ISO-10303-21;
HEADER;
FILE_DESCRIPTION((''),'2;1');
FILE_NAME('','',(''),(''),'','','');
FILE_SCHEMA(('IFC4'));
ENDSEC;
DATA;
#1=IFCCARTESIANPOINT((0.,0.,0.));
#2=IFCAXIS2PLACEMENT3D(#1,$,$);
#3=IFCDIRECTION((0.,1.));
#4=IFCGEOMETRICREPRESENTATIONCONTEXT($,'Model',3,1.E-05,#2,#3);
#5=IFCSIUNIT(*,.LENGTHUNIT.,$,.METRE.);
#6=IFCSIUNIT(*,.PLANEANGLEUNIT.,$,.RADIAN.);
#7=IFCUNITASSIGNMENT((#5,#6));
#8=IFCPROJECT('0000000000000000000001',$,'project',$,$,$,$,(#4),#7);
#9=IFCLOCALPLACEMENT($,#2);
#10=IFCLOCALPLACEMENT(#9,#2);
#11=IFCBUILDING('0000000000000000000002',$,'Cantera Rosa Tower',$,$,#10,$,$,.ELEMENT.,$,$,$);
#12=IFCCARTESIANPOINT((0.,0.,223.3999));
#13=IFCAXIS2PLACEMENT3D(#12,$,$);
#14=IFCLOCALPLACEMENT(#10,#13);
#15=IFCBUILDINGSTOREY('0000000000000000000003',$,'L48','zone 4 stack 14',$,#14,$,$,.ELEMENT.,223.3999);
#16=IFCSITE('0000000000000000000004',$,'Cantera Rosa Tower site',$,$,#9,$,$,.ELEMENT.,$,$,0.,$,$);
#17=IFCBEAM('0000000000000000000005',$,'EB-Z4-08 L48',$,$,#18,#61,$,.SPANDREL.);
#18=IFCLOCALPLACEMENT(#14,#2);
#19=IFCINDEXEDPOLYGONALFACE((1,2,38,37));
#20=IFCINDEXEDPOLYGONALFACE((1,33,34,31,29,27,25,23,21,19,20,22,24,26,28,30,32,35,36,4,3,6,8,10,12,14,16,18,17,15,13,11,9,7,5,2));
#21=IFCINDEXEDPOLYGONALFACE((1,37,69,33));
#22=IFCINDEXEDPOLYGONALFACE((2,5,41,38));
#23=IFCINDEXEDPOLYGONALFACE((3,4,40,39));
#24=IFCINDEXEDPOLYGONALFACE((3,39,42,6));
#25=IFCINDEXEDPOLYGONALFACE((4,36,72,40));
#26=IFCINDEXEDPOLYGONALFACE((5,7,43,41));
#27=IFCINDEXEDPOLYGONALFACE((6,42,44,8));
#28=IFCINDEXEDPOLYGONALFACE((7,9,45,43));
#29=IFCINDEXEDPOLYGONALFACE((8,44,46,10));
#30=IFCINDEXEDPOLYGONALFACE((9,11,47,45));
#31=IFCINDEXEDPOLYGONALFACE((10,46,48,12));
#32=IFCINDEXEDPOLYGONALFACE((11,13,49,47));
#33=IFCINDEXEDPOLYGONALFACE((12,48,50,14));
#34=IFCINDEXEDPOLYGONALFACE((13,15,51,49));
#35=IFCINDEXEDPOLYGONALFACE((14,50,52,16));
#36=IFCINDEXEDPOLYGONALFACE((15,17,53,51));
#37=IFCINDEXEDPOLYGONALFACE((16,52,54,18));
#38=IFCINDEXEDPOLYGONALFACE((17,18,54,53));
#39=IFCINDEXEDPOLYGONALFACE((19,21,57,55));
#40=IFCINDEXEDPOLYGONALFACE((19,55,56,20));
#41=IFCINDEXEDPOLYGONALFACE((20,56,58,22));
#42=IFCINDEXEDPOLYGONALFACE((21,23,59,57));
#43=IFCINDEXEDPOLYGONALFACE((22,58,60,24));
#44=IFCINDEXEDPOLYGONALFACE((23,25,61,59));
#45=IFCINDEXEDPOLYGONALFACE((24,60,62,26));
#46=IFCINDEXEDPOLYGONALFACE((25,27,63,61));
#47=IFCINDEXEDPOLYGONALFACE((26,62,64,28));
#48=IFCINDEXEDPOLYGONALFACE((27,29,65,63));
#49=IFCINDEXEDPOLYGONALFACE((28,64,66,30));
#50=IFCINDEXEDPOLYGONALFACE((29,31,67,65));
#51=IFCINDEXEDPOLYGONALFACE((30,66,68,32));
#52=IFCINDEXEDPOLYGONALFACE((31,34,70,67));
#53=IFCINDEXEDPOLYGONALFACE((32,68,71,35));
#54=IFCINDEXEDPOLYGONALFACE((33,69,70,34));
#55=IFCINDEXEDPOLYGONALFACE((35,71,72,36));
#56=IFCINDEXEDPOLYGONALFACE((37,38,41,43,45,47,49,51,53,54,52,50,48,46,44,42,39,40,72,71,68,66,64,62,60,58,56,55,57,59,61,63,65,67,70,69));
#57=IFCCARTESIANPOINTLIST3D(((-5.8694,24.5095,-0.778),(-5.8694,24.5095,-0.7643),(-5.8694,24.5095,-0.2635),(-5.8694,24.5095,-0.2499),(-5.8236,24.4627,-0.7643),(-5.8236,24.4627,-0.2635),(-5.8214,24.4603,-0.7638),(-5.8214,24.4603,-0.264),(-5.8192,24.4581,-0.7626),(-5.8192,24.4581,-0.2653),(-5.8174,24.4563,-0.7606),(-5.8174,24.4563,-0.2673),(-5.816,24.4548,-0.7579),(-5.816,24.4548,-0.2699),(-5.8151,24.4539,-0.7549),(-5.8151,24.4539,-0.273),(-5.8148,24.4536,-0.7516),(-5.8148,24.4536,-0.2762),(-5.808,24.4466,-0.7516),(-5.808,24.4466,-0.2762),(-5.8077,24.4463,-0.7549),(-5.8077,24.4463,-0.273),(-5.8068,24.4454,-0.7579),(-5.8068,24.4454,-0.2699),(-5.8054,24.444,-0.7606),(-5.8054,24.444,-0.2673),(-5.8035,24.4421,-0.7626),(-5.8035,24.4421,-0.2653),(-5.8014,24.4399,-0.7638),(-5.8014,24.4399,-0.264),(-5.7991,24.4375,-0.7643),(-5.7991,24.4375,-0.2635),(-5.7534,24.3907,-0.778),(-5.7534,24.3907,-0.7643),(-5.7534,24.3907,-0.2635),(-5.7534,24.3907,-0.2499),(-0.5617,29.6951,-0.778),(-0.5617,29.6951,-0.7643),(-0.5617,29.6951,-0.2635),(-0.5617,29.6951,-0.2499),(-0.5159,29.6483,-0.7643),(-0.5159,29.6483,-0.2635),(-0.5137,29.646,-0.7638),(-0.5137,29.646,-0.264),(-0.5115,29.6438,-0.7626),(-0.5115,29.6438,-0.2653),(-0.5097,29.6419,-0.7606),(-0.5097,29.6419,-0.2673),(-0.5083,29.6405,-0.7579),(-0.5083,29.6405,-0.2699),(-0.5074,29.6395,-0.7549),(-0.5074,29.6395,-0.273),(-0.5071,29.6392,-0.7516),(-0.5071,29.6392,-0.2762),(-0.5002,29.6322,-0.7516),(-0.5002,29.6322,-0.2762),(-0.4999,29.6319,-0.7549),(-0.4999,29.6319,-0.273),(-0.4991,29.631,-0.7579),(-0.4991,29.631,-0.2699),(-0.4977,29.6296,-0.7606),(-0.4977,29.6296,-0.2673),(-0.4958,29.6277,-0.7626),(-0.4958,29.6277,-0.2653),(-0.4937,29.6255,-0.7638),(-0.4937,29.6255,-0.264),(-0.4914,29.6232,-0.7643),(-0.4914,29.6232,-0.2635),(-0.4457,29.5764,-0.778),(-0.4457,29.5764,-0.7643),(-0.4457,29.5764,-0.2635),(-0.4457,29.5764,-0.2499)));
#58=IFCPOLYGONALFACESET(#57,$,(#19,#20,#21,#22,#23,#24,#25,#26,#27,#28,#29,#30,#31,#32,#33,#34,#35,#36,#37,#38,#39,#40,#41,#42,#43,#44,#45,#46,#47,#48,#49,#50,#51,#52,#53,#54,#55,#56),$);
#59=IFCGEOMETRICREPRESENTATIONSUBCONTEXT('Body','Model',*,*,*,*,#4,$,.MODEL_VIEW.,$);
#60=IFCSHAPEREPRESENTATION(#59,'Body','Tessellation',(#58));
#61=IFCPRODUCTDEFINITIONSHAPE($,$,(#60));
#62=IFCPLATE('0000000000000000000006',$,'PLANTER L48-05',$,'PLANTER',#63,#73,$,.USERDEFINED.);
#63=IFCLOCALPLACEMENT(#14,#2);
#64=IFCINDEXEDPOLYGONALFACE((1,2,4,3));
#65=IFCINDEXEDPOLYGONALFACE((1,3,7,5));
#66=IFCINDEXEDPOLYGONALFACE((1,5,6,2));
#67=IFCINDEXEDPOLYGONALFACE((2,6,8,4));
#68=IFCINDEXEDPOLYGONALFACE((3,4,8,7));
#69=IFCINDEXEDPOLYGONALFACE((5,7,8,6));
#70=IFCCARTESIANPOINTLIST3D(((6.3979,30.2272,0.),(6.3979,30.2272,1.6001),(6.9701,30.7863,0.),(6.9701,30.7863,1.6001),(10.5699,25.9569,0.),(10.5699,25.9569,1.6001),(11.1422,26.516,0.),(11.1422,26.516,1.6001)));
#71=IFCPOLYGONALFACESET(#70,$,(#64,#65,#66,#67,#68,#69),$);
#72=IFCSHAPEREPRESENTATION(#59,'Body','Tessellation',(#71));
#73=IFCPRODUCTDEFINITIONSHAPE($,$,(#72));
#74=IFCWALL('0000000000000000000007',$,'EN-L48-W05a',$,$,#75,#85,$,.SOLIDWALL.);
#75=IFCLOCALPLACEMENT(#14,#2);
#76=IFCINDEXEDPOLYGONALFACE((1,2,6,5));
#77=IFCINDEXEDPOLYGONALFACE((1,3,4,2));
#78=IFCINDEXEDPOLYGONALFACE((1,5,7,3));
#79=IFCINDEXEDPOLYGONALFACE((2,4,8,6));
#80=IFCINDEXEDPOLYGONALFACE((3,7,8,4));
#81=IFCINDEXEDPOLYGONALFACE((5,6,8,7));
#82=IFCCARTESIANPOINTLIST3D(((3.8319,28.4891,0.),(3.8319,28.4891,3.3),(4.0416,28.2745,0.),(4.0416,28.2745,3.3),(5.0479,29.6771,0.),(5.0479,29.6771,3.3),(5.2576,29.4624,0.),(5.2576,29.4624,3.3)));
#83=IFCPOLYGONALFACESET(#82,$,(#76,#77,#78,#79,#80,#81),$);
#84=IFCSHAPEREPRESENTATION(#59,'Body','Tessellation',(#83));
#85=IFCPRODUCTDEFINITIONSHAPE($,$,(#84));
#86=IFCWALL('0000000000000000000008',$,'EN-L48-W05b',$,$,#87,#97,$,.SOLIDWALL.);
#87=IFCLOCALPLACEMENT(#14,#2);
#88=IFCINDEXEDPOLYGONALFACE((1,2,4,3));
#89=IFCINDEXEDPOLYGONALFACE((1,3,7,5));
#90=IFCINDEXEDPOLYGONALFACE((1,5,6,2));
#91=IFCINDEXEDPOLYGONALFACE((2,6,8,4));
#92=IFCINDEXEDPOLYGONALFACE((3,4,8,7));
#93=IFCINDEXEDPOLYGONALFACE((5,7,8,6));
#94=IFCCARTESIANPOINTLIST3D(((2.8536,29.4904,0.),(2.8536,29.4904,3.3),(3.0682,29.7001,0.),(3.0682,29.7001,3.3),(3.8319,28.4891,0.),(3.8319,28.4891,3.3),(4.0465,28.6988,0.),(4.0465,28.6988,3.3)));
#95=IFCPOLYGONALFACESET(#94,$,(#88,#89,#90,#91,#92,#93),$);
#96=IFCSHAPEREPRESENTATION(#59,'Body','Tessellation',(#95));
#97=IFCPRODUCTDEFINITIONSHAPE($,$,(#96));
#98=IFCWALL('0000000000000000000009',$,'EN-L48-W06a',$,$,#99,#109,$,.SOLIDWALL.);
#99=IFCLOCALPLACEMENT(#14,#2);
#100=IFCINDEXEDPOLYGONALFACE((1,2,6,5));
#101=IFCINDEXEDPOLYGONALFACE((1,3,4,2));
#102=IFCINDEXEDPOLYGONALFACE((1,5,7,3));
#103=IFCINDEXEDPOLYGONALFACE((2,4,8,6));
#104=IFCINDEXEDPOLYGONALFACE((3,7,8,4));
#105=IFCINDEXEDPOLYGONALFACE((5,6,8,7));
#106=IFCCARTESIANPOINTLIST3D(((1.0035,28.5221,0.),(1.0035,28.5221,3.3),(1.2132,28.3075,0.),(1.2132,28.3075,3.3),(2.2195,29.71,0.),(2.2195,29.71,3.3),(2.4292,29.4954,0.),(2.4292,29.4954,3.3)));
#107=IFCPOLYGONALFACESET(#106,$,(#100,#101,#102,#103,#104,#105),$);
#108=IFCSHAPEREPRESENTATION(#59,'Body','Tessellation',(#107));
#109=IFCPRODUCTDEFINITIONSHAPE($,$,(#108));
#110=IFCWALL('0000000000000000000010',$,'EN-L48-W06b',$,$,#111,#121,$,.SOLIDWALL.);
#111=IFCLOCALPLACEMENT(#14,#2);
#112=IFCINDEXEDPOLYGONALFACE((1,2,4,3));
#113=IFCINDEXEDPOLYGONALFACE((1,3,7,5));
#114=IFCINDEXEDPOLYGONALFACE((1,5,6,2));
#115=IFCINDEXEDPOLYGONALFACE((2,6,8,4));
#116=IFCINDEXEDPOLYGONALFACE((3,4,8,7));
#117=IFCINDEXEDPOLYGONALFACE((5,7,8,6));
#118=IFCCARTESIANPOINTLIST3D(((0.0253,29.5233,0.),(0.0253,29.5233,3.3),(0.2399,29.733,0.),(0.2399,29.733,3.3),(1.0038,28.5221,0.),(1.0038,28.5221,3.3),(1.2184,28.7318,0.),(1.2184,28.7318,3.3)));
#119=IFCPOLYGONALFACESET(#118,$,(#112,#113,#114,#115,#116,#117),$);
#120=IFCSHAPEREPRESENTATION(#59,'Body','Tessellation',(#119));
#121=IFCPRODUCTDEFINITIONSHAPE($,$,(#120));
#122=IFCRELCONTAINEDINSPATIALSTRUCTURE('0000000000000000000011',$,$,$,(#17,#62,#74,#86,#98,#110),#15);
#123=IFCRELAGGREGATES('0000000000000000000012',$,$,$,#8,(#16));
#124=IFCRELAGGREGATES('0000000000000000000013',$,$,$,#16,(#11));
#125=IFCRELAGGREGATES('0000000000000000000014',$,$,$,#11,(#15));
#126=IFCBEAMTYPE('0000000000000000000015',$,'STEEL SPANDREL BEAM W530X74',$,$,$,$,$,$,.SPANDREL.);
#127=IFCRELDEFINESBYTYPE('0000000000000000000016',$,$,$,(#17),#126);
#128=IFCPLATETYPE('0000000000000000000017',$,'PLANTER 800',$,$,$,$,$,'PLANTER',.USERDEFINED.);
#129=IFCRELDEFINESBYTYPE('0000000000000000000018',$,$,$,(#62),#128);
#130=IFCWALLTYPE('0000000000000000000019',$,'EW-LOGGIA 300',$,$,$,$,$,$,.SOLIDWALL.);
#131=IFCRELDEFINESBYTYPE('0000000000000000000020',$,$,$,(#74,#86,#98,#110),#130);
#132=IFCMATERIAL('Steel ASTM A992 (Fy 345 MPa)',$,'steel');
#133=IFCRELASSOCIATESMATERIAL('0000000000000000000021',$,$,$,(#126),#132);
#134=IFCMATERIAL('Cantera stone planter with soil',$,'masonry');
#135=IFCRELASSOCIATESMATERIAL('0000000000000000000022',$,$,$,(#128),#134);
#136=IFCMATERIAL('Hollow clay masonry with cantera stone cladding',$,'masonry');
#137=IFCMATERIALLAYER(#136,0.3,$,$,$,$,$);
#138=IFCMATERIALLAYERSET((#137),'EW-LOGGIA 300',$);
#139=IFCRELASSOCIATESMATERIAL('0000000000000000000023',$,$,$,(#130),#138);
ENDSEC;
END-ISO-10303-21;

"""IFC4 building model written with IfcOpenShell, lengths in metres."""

from ifc_helpers import new_model, si_unit, direction, frame, frame_2d, origin, origin_2d, place, context, subcontext, project, spatial, rectangle, i_section, extrude, material, layer, layer_set, material_profile, profile_set, type_object, element, save


model = new_model("IFC4")

# Units and contexts
model_context = context("Model", 3, precision=1e-05, world=origin(), true_north=direction((0.0, 1.0)))
body_context = subcontext(model_context, "Body", "Model", "MODEL_VIEW")
ifc_project = project(units=[si_unit("LENGTHUNIT", "METRE"), si_unit("PLANEANGLEUNIT", "RADIAN")], contexts=[model_context])

# Site, building, storey
site_placement = place(None, origin())
site = spatial("IfcSite", under=ifc_project, at=site_placement, Name="Cantera Rosa Tower site", CompositionType="ELEMENT", RefElevation=0.0)
building_placement = place(site_placement, origin())
building = spatial("IfcBuilding", under=site, at=building_placement, Name="Cantera Rosa Tower", CompositionType="ELEMENT")
storey_placement = place(building_placement, frame((0.0, 0.0, 223.3999)))
storey = spatial("IfcBuildingStorey", under=building, at=storey_placement, Name="L48", Description="zone 4 stack 14", CompositionType="ELEMENT", Elevation=223.3999)

# Beam
ifc_material_1 = material(Name="Steel ASTM A992 (Fy 345 MPa)", Category="steel")
ifc_material_profile_1 = material_profile(ifc_material_1, i_section(OverallWidth=0.166, OverallDepth=0.5281, WebThickness=0.0098, FlangeThickness=0.0137, FilletRadius=0.0127, at=origin_2d()), Name="W530X74")
ifc_profile_set_1 = profile_set([ifc_material_profile_1], Name="Steel ASTM A992 (Fy 345 MPa)")
beam_type_1 = type_object("IfcBeamType", Name="STEEL SPANDREL BEAM W530X74", PredefinedType="SPANDREL", material=ifc_profile_set_1)
beam_1_placement = place(storey_placement, frame((-0.5037, 29.6357, -0.5139), z_axis=(-0.715284, -0.698833, 0.0), x_axis=(0.698833, -0.715284, 0.0)))
element("IfcBeam", 1, at=beam_1_placement, inside=storey, type_object=beam_type_1, Name="EB-Z4-08 L48", PredefinedType="SPANDREL", context=body_context, shape_type="SweptSolid", body=[
    extrude(i_section(OverallWidth=0.166, OverallDepth=0.5281, WebThickness=0.0098, FlangeThickness=0.0137, FilletRadius=0.0127, at=origin_2d()), origin(), (0.0, 0.0, 1.0), 7.4204),
])

# Plate
ifc_material_2 = material(Name="Cantera stone planter with soil", Category="masonry")
plate_type = type_object("IfcPlateType", Name="PLANTER 800", ElementType="PLANTER", PredefinedType="USERDEFINED", material=ifc_material_2)
plate_placement = place(storey_placement, frame((8.77, 28.3716, 0.0), z_axis=(0.0, 0.0, 1.0), x_axis=(-0.698832, 0.715286, 0.0)))
element("IfcPlate", 2, at=plate_placement, inside=storey, type_object=plate_type, Name="PLANTER L48-05", ObjectType="PLANTER", PredefinedType="USERDEFINED", context=body_context, shape_type="SweptSolid", body=[
    extrude(rectangle(XDim=5.97, YDim=0.8, at=origin_2d()), origin(), (0.0, 0.0, 1.0), 1.6001),
])

# Walls
ifc_material_3 = material(Name="Hollow clay masonry with cantera stone cladding", Category="masonry")
ifc_layer_1 = layer(ifc_material_3, 0.3)
ifc_layer_set_1 = layer_set([ifc_layer_1], Name="EW-LOGGIA 300")
wall_type_1 = type_object("IfcWallType", Name="EW-LOGGIA 300", PredefinedType="SOLIDWALL", material=ifc_layer_set_1)
wall_1_placement = place(storey_placement, frame((5.1528, 29.5698, 0.0), z_axis=(0.0, 0.0, 1.0), x_axis=(-0.715316, -0.698801, 0.0)))
element("IfcWall", 3, at=wall_1_placement, inside=storey, type_object=wall_type_1, Name="EN-L48-W05a", PredefinedType="SOLIDWALL", context=body_context, shape_type="SweptSolid", body=[
    extrude(rectangle(XDim=1.7, YDim=0.3, at=frame_2d((0.8501, 0.0))), origin(), (0.0, 0.0, 1.0), 3.3),
])
wall_2_placement = place(storey_placement, frame((3.9392, 28.594, 0.0), z_axis=(0.0, 0.0, 1.0), x_axis=(-0.698862, 0.715257, 0.0)))
element("IfcWall", 4, at=wall_2_placement, inside=storey, type_object=wall_type_1, Name="EN-L48-W05b", PredefinedType="SOLIDWALL", context=body_context, shape_type="SweptSolid", body=[
    extrude(rectangle(XDim=1.3999, YDim=0.3, at=frame_2d((0.7, 0.0))), origin(), (0.0, 0.0, 1.0), 3.3),
])
wall_3_placement = place(storey_placement, frame((2.3245, 29.6028, 0.0), z_axis=(0.0, 0.0, 1.0), x_axis=(-0.715316, -0.698801, 0.0)))
element("IfcWall", 5, at=wall_3_placement, inside=storey, type_object=wall_type_1, Name="EN-L48-W06a", PredefinedType="SOLIDWALL", context=body_context, shape_type="SweptSolid", body=[
    extrude(rectangle(XDim=1.7, YDim=0.3, at=frame_2d((0.8501, 0.0))), origin(), (0.0, 0.0, 1.0), 3.3),
])
wall_4_placement = place(storey_placement, frame((1.1111, 28.627, 0.0), z_axis=(0.0, 0.0, 1.0), x_axis=(-0.698951, 0.715169, 0.0)))
element("IfcWall", 6, at=wall_4_placement, inside=storey, type_object=wall_type_1, Name="EN-L48-W06b", PredefinedType="SOLIDWALL", context=body_context, shape_type="SweptSolid", body=[
    extrude(rectangle(XDim=1.3999, YDim=0.3, at=frame_2d((0.7, 0.0))), origin(), (0.0, 0.0, 1.0), 3.3),
])

save(model, "model.ifc")
